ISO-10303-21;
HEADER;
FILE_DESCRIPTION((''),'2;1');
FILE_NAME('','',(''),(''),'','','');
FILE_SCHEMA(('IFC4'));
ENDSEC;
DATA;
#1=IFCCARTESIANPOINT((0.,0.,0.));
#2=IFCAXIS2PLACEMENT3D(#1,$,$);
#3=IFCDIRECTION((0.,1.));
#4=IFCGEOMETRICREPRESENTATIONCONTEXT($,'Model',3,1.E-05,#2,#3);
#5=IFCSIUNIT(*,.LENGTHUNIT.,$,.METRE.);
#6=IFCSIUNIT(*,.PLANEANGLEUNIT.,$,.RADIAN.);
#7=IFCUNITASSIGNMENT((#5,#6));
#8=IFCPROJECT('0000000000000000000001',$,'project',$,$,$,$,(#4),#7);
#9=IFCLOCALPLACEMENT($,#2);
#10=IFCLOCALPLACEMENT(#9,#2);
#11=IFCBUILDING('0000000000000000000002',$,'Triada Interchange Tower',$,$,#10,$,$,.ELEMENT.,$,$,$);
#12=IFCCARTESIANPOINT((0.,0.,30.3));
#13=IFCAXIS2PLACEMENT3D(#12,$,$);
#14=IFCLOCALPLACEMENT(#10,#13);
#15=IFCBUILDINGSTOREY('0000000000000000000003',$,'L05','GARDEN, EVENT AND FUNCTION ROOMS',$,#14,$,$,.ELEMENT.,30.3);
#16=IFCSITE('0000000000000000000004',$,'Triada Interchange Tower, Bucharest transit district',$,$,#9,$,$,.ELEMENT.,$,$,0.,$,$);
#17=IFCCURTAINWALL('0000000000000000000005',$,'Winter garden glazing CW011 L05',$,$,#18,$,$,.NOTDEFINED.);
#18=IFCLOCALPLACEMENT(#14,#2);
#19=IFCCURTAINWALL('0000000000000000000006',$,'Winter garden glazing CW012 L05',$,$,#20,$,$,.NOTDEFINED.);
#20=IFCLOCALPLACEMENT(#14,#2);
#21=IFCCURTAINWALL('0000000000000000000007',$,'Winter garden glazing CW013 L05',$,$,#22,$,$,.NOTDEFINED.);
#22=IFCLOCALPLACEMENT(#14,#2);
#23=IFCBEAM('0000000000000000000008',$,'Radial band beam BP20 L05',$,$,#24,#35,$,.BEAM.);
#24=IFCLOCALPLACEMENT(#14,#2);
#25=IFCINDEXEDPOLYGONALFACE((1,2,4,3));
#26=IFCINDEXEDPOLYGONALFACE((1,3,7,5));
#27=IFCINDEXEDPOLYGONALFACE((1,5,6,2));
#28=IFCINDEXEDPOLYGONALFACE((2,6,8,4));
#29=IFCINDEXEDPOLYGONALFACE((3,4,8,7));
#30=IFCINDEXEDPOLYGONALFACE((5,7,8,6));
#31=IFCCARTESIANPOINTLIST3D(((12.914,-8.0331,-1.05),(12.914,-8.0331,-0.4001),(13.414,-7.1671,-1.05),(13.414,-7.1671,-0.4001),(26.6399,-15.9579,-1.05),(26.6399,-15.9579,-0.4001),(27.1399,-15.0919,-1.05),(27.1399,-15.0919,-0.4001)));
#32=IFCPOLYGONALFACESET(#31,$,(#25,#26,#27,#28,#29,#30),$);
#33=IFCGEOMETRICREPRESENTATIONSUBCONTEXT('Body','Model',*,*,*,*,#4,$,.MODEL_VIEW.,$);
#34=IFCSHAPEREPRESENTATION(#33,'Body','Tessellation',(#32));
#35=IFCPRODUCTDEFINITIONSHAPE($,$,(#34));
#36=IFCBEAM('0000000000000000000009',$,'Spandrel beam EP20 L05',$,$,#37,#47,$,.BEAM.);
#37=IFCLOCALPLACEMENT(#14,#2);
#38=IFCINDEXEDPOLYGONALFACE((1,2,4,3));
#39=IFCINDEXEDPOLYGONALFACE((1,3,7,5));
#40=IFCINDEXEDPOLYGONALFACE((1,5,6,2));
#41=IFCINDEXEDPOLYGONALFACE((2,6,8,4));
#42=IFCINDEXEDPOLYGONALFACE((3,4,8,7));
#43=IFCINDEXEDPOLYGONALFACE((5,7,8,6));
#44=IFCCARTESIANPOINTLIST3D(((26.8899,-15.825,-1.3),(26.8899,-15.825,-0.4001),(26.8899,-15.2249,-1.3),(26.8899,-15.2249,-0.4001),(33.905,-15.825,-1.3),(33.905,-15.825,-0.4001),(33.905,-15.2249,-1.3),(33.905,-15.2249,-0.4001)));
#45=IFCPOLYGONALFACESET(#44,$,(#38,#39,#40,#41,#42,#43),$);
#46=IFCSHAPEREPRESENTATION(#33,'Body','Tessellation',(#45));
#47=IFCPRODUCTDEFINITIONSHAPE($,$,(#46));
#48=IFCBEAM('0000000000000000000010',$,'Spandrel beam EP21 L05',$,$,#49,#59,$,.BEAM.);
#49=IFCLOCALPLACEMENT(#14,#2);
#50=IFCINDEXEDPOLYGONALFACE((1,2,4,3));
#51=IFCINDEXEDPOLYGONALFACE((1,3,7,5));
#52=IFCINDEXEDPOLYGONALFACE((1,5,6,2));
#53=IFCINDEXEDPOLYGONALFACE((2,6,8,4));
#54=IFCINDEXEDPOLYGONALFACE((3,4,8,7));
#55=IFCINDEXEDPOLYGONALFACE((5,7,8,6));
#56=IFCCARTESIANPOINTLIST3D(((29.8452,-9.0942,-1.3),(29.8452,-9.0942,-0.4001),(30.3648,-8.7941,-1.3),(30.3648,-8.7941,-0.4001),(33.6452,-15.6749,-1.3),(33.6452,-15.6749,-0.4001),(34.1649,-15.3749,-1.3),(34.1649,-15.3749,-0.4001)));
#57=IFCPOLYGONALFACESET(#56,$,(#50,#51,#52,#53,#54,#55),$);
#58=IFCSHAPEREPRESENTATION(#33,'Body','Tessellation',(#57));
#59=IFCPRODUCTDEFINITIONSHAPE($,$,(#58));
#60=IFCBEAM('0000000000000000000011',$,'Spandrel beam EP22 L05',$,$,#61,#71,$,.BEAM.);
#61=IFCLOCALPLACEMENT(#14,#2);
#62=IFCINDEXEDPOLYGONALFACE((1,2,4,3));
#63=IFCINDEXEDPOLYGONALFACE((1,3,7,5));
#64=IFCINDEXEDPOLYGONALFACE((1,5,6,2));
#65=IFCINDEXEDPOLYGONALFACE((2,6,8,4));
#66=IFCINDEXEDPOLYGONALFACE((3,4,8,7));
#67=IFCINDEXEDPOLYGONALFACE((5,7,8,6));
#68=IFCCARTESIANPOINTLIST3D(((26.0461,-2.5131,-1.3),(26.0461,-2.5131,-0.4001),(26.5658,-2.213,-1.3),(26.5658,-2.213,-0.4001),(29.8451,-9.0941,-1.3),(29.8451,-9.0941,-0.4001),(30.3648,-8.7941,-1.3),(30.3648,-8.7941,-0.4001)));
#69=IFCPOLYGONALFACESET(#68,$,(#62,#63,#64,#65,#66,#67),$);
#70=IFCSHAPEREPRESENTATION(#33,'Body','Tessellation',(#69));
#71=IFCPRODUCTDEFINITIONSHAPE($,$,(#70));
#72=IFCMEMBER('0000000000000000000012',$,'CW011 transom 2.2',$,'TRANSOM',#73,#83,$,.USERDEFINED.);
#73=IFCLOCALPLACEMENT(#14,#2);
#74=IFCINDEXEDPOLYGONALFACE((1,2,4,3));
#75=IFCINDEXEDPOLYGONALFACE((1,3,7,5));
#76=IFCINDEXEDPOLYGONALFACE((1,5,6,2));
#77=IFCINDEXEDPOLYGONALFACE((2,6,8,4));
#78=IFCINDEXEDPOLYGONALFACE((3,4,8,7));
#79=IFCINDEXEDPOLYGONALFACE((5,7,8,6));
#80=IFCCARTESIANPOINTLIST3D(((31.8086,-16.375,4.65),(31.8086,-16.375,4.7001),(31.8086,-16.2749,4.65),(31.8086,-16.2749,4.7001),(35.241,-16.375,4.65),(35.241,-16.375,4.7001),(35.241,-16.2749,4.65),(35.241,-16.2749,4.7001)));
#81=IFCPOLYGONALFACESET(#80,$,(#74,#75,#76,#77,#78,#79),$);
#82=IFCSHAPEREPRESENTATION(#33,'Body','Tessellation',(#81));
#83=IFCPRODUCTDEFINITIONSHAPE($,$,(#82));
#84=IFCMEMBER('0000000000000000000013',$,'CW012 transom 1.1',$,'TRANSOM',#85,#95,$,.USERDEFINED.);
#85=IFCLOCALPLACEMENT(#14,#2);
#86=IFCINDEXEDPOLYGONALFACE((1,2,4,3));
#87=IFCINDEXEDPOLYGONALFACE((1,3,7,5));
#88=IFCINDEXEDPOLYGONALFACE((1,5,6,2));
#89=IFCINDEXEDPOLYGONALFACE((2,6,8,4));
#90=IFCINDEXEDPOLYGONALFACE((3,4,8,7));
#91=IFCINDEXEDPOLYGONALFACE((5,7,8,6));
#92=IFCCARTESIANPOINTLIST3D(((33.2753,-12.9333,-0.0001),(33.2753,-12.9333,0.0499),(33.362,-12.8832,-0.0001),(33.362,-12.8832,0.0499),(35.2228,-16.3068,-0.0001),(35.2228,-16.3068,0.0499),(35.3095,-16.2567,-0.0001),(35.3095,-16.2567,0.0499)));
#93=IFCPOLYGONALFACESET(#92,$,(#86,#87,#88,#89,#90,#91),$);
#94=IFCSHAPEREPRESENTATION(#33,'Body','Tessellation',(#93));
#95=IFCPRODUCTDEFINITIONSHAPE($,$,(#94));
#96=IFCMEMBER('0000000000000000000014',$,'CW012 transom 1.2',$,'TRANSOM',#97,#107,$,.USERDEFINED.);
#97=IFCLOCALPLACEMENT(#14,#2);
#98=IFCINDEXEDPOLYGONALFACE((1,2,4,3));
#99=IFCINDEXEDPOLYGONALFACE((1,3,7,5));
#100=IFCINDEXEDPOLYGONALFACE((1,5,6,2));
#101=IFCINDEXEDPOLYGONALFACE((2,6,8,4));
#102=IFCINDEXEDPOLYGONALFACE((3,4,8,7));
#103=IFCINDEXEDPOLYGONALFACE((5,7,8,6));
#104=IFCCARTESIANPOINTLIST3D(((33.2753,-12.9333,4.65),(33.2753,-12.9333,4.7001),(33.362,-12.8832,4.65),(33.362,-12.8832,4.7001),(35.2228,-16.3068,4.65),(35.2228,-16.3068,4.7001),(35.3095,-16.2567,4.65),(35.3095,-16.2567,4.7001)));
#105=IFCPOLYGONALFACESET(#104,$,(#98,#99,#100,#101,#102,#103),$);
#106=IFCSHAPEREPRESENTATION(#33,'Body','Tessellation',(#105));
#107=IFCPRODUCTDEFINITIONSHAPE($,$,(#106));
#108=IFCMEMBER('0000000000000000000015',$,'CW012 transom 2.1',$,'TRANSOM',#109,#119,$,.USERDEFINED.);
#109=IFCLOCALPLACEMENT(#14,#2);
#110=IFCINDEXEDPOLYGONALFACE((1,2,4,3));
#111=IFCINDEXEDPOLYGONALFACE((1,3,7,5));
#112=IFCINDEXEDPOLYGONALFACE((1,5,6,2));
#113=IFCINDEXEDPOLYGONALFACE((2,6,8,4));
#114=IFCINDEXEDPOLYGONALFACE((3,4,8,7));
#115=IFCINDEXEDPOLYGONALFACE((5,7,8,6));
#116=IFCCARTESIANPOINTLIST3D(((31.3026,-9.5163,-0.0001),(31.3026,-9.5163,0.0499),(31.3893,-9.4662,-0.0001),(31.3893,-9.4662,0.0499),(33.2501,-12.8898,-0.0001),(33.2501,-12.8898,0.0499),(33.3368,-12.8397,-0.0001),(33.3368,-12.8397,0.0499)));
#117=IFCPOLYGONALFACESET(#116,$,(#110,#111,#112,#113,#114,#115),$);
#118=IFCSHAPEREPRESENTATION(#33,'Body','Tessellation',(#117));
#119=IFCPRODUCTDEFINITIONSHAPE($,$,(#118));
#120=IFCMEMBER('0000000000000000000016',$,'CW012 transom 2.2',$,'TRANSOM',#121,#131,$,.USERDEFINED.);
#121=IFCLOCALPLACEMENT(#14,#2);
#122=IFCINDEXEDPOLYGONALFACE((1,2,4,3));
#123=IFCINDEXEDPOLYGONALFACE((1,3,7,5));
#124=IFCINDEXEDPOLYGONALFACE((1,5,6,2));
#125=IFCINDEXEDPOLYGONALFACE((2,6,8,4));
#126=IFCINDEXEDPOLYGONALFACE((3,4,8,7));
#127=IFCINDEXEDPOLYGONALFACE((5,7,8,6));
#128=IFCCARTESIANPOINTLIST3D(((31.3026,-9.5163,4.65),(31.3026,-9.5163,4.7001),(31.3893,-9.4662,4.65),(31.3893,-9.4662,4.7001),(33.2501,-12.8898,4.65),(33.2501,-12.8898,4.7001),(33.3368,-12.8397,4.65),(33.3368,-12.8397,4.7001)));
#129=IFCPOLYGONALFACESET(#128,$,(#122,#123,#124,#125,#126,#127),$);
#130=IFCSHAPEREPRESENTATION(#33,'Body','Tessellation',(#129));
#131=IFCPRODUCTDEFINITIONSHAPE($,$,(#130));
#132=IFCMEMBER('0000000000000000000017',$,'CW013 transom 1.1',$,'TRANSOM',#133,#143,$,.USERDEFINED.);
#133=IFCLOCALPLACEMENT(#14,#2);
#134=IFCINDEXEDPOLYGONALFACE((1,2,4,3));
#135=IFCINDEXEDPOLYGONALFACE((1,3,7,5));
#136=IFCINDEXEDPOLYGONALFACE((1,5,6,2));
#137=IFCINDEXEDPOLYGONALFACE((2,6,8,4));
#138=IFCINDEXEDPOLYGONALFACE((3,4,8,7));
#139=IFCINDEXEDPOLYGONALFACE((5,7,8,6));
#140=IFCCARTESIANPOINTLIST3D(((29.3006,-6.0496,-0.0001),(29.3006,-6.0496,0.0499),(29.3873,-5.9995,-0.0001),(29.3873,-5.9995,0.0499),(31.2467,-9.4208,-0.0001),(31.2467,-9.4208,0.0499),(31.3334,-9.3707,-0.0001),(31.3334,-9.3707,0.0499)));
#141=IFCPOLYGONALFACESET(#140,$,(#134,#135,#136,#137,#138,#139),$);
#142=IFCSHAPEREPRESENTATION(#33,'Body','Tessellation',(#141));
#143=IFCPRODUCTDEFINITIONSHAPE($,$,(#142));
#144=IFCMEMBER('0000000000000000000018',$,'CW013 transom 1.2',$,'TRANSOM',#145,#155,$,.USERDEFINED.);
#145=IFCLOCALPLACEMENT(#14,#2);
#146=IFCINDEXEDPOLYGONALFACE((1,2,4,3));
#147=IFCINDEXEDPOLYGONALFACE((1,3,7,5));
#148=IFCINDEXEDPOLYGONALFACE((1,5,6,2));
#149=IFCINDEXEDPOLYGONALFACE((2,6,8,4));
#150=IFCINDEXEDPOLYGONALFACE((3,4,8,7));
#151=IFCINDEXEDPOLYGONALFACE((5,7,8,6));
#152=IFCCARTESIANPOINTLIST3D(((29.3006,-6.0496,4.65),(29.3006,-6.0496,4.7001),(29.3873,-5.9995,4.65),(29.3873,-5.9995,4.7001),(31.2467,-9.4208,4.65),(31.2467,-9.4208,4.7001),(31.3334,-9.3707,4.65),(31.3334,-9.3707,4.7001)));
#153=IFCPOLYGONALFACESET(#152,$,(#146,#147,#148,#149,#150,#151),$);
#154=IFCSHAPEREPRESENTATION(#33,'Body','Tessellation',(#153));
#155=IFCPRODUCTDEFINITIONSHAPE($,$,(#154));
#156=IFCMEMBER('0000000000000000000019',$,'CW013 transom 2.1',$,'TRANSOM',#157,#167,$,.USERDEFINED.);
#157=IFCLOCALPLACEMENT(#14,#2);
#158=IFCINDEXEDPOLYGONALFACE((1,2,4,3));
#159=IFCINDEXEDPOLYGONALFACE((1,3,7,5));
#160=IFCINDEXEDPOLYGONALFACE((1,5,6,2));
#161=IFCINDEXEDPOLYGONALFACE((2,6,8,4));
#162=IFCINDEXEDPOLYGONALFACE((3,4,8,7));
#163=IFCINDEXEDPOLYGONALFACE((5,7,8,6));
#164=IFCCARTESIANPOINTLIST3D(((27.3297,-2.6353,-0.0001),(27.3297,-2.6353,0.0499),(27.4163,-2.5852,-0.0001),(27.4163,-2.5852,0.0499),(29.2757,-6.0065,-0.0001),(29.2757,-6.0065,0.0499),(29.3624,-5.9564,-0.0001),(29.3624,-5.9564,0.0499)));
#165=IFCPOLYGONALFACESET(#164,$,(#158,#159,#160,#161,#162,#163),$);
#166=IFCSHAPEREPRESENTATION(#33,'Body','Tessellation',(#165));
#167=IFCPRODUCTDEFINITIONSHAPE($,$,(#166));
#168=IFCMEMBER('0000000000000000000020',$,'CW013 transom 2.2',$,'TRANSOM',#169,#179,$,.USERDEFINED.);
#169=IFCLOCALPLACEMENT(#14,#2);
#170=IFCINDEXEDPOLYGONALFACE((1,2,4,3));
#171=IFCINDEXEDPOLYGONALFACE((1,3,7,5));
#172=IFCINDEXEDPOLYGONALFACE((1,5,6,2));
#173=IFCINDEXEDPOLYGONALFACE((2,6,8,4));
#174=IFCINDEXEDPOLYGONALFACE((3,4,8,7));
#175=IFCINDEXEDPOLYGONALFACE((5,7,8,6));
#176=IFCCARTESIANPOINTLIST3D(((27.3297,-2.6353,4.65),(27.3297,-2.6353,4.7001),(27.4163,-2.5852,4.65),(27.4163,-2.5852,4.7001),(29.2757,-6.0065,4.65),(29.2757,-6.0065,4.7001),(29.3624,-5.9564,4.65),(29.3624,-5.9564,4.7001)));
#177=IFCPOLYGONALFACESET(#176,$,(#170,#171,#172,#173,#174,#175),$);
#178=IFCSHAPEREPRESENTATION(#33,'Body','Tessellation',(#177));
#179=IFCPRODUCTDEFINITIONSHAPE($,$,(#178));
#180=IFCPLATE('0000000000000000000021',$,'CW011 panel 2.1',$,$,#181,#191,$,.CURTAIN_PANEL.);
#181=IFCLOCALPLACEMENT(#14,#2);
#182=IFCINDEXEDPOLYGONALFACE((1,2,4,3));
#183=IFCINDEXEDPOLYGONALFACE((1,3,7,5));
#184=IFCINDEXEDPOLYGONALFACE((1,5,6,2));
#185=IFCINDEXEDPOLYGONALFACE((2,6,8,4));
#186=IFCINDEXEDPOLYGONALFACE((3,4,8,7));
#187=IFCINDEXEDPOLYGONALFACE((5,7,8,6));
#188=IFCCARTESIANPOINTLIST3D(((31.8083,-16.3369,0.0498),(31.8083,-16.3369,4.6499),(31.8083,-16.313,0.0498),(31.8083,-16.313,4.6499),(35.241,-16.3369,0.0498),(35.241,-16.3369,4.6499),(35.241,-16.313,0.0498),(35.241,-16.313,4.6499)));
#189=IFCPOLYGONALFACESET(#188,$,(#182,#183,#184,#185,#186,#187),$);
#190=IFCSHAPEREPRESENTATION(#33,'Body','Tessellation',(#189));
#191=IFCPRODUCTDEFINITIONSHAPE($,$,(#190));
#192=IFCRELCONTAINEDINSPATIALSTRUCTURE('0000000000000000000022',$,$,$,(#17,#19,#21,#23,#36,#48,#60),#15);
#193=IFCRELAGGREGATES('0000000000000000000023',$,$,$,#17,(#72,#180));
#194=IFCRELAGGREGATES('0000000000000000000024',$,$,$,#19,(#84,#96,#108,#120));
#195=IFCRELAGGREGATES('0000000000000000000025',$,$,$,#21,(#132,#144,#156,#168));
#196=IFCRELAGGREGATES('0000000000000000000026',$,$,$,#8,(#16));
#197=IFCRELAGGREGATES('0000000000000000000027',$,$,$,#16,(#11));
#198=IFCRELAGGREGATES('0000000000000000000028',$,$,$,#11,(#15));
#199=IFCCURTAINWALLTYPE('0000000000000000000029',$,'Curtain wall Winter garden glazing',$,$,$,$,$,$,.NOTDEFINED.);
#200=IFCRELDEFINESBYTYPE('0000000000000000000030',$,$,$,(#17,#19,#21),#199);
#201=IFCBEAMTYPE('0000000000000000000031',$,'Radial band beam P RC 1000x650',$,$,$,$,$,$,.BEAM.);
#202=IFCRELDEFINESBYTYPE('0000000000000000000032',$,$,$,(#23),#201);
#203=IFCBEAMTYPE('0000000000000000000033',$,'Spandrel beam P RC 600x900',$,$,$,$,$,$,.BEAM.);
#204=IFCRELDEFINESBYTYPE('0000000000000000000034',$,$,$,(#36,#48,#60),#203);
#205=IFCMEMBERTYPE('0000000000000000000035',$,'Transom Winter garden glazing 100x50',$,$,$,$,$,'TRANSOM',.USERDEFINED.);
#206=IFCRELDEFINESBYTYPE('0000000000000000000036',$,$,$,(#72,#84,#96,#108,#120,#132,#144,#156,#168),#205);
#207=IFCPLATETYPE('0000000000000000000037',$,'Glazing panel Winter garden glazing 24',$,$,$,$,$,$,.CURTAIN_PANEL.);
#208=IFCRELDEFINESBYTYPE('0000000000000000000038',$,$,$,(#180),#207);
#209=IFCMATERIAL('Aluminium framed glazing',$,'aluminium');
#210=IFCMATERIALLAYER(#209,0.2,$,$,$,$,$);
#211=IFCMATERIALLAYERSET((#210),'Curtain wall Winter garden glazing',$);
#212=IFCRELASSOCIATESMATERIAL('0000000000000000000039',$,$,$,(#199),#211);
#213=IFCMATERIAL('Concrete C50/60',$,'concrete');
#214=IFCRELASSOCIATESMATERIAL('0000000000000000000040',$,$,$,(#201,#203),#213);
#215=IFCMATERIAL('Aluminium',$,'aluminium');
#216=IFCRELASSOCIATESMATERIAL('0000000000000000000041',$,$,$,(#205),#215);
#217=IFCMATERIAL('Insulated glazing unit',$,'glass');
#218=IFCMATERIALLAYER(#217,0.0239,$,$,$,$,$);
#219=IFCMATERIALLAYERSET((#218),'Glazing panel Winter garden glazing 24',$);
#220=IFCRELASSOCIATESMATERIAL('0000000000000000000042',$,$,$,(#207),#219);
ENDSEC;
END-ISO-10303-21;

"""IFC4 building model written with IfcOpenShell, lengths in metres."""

from ifc_helpers import new_model, si_unit, direction, frame, origin, origin_2d, place, context, subcontext, project, spatial, rectangle, extrude, material, layer, layer_set, material_profile, profile_set, type_object, element, aggregate, save


model = new_model("IFC4")

# Units and contexts
model_context = context("Model", 3, precision=1e-05, world=origin(), true_north=direction((0.0, 1.0)))
body_context = subcontext(model_context, "Body", "Model", "MODEL_VIEW")
ifc_project = project(units=[si_unit("LENGTHUNIT", "METRE"), si_unit("PLANEANGLEUNIT", "RADIAN")], contexts=[model_context])

# Site, building, storey
site_placement = place(None, origin())
site = spatial("IfcSite", under=ifc_project, at=site_placement, Name="Triada Interchange Tower, Bucharest transit district", CompositionType="ELEMENT", RefElevation=0.0)
building_placement = place(site_placement, origin())
building = spatial("IfcBuilding", under=site, at=building_placement, Name="Triada Interchange Tower", CompositionType="ELEMENT")
storey_placement = place(building_placement, frame((0.0, 0.0, 30.3)))
storey = spatial("IfcBuildingStorey", under=building, at=storey_placement, Name="L05", Description="GARDEN, EVENT AND FUNCTION ROOMS", CompositionType="ELEMENT", Elevation=30.3)

# Curtain wall
ifc_material_1 = material(Name="Aluminium framed glazing", Category="aluminium")
ifc_layer_1 = layer(ifc_material_1, 0.2)
ifc_layer_set_1 = layer_set([ifc_layer_1], Name="Curtain wall Winter garden glazing")
curtain_wall_type = type_object("IfcCurtainWallType", Name="Curtain wall Winter garden glazing", PredefinedType="NOTDEFINED", material=ifc_layer_set_1)
curtain_wall_1_placement = place(storey_placement, origin())
curtain_wall_1 = element("IfcCurtainWall", 1, at=curtain_wall_1_placement, inside=storey, type_object=curtain_wall_type, Name="Winter garden glazing CW011 L05", PredefinedType="NOTDEFINED")
ifc_material_2 = material(Name="Aluminium", Category="aluminium")

# Curtain walls
curtain_wall_2_placement = place(storey_placement, origin())
curtain_wall_2 = element("IfcCurtainWall", 2, at=curtain_wall_2_placement, inside=storey, type_object=curtain_wall_type, Name="Winter garden glazing CW012 L05", PredefinedType="NOTDEFINED")
curtain_wall_3_placement = place(storey_placement, origin())
curtain_wall_3 = element("IfcCurtainWall", 3, at=curtain_wall_3_placement, inside=storey, type_object=curtain_wall_type, Name="Winter garden glazing CW013 L05", PredefinedType="NOTDEFINED")

# Beams
ifc_material_3 = material(Name="Concrete C50/60", Category="concrete")
ifc_material_profile_1 = material_profile(ifc_material_3, rectangle(XDim=1.0, YDim=0.6499, at=origin_2d()), Name="RC 1000x650")
ifc_profile_set_1 = profile_set([ifc_material_profile_1], Name="Concrete C50/60")
beam_type_1 = type_object("IfcBeamType", Name="Radial band beam P RC 1000x650", PredefinedType="BEAM", material=ifc_profile_set_1)
beam_1_placement = place(storey_placement, frame((26.8899, -15.5249, -0.7251), z_axis=(-0.86602, 0.500009, 0.0), x_axis=(-0.500009, -0.86602, 0.0)))
element("IfcBeam", 4, at=beam_1_placement, inside=storey, type_object=beam_type_1, Name="Radial band beam BP20 L05", PredefinedType="BEAM", context=body_context, shape_type="SweptSolid", body=[
    extrude(rectangle(XDim=1.0, YDim=0.6499, at=origin_2d()), origin(), (0.0, 0.0, 1.0), 15.8494),
])
ifc_material_profile_2 = material_profile(ifc_material_3, rectangle(XDim=0.6001, YDim=0.8999, at=origin_2d()), Name="RC 600x900")
ifc_profile_set_2 = profile_set([ifc_material_profile_2], Name="Concrete C50/60")
beam_type_2 = type_object("IfcBeamType", Name="Spandrel beam P RC 600x900", PredefinedType="BEAM", material=ifc_profile_set_2)
beam_2_placement = place(storey_placement, frame((26.8899, -15.5249, -0.8501), z_axis=(1.0, 0.0, 0.0), x_axis=(0.0, 1.0, 0.0)))
element("IfcBeam", 5, at=beam_2_placement, inside=storey, type_object=beam_type_2, Name="Spandrel beam EP20 L05", PredefinedType="BEAM", context=body_context, shape_type="SweptSolid", body=[
    extrude(rectangle(XDim=0.6001, YDim=0.8999, at=origin_2d()), origin(), (0.0, 0.0, 1.0), 7.0151),
])
beam_3_placement = place(storey_placement, frame((33.905, -15.5249, -0.8501), z_axis=(-0.500061, 0.86599, 0.0), x_axis=(-0.86599, -0.500061, 0.0)))
element("IfcBeam", 6, at=beam_3_placement, inside=storey, type_object=beam_type_2, Name="Spandrel beam EP21 L05", PredefinedType="BEAM", context=body_context, shape_type="SweptSolid", body=[
    extrude(rectangle(XDim=0.6001, YDim=0.8999, at=origin_2d()), origin(), (0.0, 0.0, 1.0), 7.5991),
])
beam_4_placement = place(storey_placement, frame((30.105, -8.9441, -0.8501), z_axis=(-0.499951, 0.866054, 0.0), x_axis=(-0.866054, -0.499951, 0.0)))
element("IfcBeam", 7, at=beam_4_placement, inside=storey, type_object=beam_type_2, Name="Spandrel beam EP22 L05", PredefinedType="BEAM", context=body_context, shape_type="SweptSolid", body=[
    extrude(rectangle(XDim=0.6001, YDim=0.8999, at=origin_2d()), origin(), (0.0, 0.0, 1.0), 7.5989),
])

# Members
ifc_material_profile_3 = material_profile(ifc_material_2, rectangle(XDim=0.1001, YDim=0.05, at=origin_2d()), Name="Aluminium transom")
ifc_profile_set_3 = profile_set([ifc_material_profile_3], Name="Aluminium")
member_type_1 = type_object("IfcMemberType", Name="Transom Winter garden glazing 100x50", ElementType="TRANSOM", PredefinedType="USERDEFINED", material=ifc_profile_set_3)
member_1_placement = place(storey_placement, frame((31.8086, -16.325, 4.675), z_axis=(1.0, 0.0, 0.0), x_axis=(0.0, 1.0, 0.0)))
member_1 = element("IfcMember", 8, at=member_1_placement, type_object=member_type_1, Name="CW011 transom 2.2", ObjectType="TRANSOM", PredefinedType="USERDEFINED", context=body_context, shape_type="SweptSolid", body=[
    extrude(rectangle(XDim=0.1001, YDim=0.05, at=origin_2d()), origin(), (0.0, 0.0, 1.0), 3.4324),
])
member_2_placement = place(storey_placement, frame((35.2661, -16.2817, 0.0249), z_axis=(-0.499961, 0.866048, 0.0), x_axis=(-0.866048, -0.499961, 0.0)))
member_2 = element("IfcMember", 9, at=member_2_placement, type_object=member_type_1, Name="CW012 transom 1.1", ObjectType="TRANSOM", PredefinedType="USERDEFINED", context=body_context, shape_type="SweptSolid", body=[
    extrude(rectangle(XDim=0.1001, YDim=0.05, at=origin_2d()), origin(), (0.0, 0.0, 1.0), 3.8953),
])
member_3_placement = place(storey_placement, frame((35.2661, -16.2817, 4.675), z_axis=(-0.499961, 0.866048, 0.0), x_axis=(-0.866048, -0.499961, 0.0)))
member_3 = element("IfcMember", 10, at=member_3_placement, type_object=member_type_1, Name="CW012 transom 1.2", ObjectType="TRANSOM", PredefinedType="USERDEFINED", context=body_context, shape_type="SweptSolid", body=[
    extrude(rectangle(XDim=0.1001, YDim=0.05, at=origin_2d()), origin(), (0.0, 0.0, 1.0), 3.8953),
])
member_4_placement = place(storey_placement, frame((33.2935, -12.8647, 0.0249), z_axis=(-0.499961, 0.866048, 0.0), x_axis=(-0.866048, -0.499961, 0.0)))
member_4 = element("IfcMember", 11, at=member_4_placement, type_object=member_type_1, Name="CW012 transom 2.1", ObjectType="TRANSOM", PredefinedType="USERDEFINED", context=body_context, shape_type="SweptSolid", body=[
    extrude(rectangle(XDim=0.1001, YDim=0.05, at=origin_2d()), origin(), (0.0, 0.0, 1.0), 3.8953),
])
member_5_placement = place(storey_placement, frame((33.2935, -12.8647, 4.675), z_axis=(-0.499961, 0.866048, 0.0), x_axis=(-0.866048, -0.499961, 0.0)))
member_5 = element("IfcMember", 12, at=member_5_placement, type_object=member_type_1, Name="CW012 transom 2.2", ObjectType="TRANSOM", PredefinedType="USERDEFINED", context=body_context, shape_type="SweptSolid", body=[
    extrude(rectangle(XDim=0.1001, YDim=0.05, at=origin_2d()), origin(), (0.0, 0.0, 1.0), 3.8953),
])
member_6_placement = place(storey_placement, frame((31.29, -9.3958, 0.0249), z_axis=(-0.49995, 0.866054, 0.0), x_axis=(-0.866054, -0.49995, 0.0)))
member_6 = element("IfcMember", 13, at=member_6_placement, type_object=member_type_1, Name="CW013 transom 1.1", ObjectType="TRANSOM", PredefinedType="USERDEFINED", context=body_context, shape_type="SweptSolid", body=[
    extrude(rectangle(XDim=0.1001, YDim=0.05, at=origin_2d()), origin(), (0.0, 0.0, 1.0), 3.8926),
])
member_7_placement = place(storey_placement, frame((31.29, -9.3958, 4.675), z_axis=(-0.49995, 0.866054, 0.0), x_axis=(-0.866054, -0.49995, 0.0)))
member_7 = element("IfcMember", 14, at=member_7_placement, type_object=member_type_1, Name="CW013 transom 1.2", ObjectType="TRANSOM", PredefinedType="USERDEFINED", context=body_context, shape_type="SweptSolid", body=[
    extrude(rectangle(XDim=0.1001, YDim=0.05, at=origin_2d()), origin(), (0.0, 0.0, 1.0), 3.8926),
])
member_8_placement = place(storey_placement, frame((29.3191, -5.9814, 0.0249), z_axis=(-0.49995, 0.866054, 0.0), x_axis=(-0.866054, -0.49995, 0.0)))
member_8 = element("IfcMember", 15, at=member_8_placement, type_object=member_type_1, Name="CW013 transom 2.1", ObjectType="TRANSOM", PredefinedType="USERDEFINED", context=body_context, shape_type="SweptSolid", body=[
    extrude(rectangle(XDim=0.1001, YDim=0.05, at=origin_2d()), origin(), (0.0, 0.0, 1.0), 3.8926),
])
member_9_placement = place(storey_placement, frame((29.3191, -5.9814, 4.675), z_axis=(-0.49995, 0.866054, 0.0), x_axis=(-0.866054, -0.49995, 0.0)))
member_9 = element("IfcMember", 16, at=member_9_placement, type_object=member_type_1, Name="CW013 transom 2.2", ObjectType="TRANSOM", PredefinedType="USERDEFINED", context=body_context, shape_type="SweptSolid", body=[
    extrude(rectangle(XDim=0.1001, YDim=0.05, at=origin_2d()), origin(), (0.0, 0.0, 1.0), 3.8926),
])

# Plate
ifc_material_4 = material(Name="Insulated glazing unit", Category="glass")
ifc_layer_2 = layer(ifc_material_4, 0.0239)
ifc_layer_set_2 = layer_set([ifc_layer_2], Name="Glazing panel Winter garden glazing 24")
plate_type = type_object("IfcPlateType", Name="Glazing panel Winter garden glazing 24", PredefinedType="CURTAIN_PANEL", material=ifc_layer_set_2)
plate_1_placement = place(storey_placement, frame((33.5247, -16.325, 0.0498), z_axis=(0.0, 0.0, 1.0), x_axis=(1.0, 0.0, 0.0)))
plate_1 = element("IfcPlate", 17, at=plate_1_placement, type_object=plate_type, Name="CW011 panel 2.1", PredefinedType="CURTAIN_PANEL", context=body_context, shape_type="SweptSolid", body=[
    extrude(rectangle(XDim=3.4326, YDim=0.0239, at=origin_2d()), origin(), (0.0, 0.0, 1.0), 4.6001),
])
aggregate(curtain_wall_1, [member_1, plate_1])
aggregate(curtain_wall_2, [member_2, member_3, member_4, member_5])
aggregate(curtain_wall_3, [member_6, member_7, member_8, member_9])

save(model, "model.ifc")
